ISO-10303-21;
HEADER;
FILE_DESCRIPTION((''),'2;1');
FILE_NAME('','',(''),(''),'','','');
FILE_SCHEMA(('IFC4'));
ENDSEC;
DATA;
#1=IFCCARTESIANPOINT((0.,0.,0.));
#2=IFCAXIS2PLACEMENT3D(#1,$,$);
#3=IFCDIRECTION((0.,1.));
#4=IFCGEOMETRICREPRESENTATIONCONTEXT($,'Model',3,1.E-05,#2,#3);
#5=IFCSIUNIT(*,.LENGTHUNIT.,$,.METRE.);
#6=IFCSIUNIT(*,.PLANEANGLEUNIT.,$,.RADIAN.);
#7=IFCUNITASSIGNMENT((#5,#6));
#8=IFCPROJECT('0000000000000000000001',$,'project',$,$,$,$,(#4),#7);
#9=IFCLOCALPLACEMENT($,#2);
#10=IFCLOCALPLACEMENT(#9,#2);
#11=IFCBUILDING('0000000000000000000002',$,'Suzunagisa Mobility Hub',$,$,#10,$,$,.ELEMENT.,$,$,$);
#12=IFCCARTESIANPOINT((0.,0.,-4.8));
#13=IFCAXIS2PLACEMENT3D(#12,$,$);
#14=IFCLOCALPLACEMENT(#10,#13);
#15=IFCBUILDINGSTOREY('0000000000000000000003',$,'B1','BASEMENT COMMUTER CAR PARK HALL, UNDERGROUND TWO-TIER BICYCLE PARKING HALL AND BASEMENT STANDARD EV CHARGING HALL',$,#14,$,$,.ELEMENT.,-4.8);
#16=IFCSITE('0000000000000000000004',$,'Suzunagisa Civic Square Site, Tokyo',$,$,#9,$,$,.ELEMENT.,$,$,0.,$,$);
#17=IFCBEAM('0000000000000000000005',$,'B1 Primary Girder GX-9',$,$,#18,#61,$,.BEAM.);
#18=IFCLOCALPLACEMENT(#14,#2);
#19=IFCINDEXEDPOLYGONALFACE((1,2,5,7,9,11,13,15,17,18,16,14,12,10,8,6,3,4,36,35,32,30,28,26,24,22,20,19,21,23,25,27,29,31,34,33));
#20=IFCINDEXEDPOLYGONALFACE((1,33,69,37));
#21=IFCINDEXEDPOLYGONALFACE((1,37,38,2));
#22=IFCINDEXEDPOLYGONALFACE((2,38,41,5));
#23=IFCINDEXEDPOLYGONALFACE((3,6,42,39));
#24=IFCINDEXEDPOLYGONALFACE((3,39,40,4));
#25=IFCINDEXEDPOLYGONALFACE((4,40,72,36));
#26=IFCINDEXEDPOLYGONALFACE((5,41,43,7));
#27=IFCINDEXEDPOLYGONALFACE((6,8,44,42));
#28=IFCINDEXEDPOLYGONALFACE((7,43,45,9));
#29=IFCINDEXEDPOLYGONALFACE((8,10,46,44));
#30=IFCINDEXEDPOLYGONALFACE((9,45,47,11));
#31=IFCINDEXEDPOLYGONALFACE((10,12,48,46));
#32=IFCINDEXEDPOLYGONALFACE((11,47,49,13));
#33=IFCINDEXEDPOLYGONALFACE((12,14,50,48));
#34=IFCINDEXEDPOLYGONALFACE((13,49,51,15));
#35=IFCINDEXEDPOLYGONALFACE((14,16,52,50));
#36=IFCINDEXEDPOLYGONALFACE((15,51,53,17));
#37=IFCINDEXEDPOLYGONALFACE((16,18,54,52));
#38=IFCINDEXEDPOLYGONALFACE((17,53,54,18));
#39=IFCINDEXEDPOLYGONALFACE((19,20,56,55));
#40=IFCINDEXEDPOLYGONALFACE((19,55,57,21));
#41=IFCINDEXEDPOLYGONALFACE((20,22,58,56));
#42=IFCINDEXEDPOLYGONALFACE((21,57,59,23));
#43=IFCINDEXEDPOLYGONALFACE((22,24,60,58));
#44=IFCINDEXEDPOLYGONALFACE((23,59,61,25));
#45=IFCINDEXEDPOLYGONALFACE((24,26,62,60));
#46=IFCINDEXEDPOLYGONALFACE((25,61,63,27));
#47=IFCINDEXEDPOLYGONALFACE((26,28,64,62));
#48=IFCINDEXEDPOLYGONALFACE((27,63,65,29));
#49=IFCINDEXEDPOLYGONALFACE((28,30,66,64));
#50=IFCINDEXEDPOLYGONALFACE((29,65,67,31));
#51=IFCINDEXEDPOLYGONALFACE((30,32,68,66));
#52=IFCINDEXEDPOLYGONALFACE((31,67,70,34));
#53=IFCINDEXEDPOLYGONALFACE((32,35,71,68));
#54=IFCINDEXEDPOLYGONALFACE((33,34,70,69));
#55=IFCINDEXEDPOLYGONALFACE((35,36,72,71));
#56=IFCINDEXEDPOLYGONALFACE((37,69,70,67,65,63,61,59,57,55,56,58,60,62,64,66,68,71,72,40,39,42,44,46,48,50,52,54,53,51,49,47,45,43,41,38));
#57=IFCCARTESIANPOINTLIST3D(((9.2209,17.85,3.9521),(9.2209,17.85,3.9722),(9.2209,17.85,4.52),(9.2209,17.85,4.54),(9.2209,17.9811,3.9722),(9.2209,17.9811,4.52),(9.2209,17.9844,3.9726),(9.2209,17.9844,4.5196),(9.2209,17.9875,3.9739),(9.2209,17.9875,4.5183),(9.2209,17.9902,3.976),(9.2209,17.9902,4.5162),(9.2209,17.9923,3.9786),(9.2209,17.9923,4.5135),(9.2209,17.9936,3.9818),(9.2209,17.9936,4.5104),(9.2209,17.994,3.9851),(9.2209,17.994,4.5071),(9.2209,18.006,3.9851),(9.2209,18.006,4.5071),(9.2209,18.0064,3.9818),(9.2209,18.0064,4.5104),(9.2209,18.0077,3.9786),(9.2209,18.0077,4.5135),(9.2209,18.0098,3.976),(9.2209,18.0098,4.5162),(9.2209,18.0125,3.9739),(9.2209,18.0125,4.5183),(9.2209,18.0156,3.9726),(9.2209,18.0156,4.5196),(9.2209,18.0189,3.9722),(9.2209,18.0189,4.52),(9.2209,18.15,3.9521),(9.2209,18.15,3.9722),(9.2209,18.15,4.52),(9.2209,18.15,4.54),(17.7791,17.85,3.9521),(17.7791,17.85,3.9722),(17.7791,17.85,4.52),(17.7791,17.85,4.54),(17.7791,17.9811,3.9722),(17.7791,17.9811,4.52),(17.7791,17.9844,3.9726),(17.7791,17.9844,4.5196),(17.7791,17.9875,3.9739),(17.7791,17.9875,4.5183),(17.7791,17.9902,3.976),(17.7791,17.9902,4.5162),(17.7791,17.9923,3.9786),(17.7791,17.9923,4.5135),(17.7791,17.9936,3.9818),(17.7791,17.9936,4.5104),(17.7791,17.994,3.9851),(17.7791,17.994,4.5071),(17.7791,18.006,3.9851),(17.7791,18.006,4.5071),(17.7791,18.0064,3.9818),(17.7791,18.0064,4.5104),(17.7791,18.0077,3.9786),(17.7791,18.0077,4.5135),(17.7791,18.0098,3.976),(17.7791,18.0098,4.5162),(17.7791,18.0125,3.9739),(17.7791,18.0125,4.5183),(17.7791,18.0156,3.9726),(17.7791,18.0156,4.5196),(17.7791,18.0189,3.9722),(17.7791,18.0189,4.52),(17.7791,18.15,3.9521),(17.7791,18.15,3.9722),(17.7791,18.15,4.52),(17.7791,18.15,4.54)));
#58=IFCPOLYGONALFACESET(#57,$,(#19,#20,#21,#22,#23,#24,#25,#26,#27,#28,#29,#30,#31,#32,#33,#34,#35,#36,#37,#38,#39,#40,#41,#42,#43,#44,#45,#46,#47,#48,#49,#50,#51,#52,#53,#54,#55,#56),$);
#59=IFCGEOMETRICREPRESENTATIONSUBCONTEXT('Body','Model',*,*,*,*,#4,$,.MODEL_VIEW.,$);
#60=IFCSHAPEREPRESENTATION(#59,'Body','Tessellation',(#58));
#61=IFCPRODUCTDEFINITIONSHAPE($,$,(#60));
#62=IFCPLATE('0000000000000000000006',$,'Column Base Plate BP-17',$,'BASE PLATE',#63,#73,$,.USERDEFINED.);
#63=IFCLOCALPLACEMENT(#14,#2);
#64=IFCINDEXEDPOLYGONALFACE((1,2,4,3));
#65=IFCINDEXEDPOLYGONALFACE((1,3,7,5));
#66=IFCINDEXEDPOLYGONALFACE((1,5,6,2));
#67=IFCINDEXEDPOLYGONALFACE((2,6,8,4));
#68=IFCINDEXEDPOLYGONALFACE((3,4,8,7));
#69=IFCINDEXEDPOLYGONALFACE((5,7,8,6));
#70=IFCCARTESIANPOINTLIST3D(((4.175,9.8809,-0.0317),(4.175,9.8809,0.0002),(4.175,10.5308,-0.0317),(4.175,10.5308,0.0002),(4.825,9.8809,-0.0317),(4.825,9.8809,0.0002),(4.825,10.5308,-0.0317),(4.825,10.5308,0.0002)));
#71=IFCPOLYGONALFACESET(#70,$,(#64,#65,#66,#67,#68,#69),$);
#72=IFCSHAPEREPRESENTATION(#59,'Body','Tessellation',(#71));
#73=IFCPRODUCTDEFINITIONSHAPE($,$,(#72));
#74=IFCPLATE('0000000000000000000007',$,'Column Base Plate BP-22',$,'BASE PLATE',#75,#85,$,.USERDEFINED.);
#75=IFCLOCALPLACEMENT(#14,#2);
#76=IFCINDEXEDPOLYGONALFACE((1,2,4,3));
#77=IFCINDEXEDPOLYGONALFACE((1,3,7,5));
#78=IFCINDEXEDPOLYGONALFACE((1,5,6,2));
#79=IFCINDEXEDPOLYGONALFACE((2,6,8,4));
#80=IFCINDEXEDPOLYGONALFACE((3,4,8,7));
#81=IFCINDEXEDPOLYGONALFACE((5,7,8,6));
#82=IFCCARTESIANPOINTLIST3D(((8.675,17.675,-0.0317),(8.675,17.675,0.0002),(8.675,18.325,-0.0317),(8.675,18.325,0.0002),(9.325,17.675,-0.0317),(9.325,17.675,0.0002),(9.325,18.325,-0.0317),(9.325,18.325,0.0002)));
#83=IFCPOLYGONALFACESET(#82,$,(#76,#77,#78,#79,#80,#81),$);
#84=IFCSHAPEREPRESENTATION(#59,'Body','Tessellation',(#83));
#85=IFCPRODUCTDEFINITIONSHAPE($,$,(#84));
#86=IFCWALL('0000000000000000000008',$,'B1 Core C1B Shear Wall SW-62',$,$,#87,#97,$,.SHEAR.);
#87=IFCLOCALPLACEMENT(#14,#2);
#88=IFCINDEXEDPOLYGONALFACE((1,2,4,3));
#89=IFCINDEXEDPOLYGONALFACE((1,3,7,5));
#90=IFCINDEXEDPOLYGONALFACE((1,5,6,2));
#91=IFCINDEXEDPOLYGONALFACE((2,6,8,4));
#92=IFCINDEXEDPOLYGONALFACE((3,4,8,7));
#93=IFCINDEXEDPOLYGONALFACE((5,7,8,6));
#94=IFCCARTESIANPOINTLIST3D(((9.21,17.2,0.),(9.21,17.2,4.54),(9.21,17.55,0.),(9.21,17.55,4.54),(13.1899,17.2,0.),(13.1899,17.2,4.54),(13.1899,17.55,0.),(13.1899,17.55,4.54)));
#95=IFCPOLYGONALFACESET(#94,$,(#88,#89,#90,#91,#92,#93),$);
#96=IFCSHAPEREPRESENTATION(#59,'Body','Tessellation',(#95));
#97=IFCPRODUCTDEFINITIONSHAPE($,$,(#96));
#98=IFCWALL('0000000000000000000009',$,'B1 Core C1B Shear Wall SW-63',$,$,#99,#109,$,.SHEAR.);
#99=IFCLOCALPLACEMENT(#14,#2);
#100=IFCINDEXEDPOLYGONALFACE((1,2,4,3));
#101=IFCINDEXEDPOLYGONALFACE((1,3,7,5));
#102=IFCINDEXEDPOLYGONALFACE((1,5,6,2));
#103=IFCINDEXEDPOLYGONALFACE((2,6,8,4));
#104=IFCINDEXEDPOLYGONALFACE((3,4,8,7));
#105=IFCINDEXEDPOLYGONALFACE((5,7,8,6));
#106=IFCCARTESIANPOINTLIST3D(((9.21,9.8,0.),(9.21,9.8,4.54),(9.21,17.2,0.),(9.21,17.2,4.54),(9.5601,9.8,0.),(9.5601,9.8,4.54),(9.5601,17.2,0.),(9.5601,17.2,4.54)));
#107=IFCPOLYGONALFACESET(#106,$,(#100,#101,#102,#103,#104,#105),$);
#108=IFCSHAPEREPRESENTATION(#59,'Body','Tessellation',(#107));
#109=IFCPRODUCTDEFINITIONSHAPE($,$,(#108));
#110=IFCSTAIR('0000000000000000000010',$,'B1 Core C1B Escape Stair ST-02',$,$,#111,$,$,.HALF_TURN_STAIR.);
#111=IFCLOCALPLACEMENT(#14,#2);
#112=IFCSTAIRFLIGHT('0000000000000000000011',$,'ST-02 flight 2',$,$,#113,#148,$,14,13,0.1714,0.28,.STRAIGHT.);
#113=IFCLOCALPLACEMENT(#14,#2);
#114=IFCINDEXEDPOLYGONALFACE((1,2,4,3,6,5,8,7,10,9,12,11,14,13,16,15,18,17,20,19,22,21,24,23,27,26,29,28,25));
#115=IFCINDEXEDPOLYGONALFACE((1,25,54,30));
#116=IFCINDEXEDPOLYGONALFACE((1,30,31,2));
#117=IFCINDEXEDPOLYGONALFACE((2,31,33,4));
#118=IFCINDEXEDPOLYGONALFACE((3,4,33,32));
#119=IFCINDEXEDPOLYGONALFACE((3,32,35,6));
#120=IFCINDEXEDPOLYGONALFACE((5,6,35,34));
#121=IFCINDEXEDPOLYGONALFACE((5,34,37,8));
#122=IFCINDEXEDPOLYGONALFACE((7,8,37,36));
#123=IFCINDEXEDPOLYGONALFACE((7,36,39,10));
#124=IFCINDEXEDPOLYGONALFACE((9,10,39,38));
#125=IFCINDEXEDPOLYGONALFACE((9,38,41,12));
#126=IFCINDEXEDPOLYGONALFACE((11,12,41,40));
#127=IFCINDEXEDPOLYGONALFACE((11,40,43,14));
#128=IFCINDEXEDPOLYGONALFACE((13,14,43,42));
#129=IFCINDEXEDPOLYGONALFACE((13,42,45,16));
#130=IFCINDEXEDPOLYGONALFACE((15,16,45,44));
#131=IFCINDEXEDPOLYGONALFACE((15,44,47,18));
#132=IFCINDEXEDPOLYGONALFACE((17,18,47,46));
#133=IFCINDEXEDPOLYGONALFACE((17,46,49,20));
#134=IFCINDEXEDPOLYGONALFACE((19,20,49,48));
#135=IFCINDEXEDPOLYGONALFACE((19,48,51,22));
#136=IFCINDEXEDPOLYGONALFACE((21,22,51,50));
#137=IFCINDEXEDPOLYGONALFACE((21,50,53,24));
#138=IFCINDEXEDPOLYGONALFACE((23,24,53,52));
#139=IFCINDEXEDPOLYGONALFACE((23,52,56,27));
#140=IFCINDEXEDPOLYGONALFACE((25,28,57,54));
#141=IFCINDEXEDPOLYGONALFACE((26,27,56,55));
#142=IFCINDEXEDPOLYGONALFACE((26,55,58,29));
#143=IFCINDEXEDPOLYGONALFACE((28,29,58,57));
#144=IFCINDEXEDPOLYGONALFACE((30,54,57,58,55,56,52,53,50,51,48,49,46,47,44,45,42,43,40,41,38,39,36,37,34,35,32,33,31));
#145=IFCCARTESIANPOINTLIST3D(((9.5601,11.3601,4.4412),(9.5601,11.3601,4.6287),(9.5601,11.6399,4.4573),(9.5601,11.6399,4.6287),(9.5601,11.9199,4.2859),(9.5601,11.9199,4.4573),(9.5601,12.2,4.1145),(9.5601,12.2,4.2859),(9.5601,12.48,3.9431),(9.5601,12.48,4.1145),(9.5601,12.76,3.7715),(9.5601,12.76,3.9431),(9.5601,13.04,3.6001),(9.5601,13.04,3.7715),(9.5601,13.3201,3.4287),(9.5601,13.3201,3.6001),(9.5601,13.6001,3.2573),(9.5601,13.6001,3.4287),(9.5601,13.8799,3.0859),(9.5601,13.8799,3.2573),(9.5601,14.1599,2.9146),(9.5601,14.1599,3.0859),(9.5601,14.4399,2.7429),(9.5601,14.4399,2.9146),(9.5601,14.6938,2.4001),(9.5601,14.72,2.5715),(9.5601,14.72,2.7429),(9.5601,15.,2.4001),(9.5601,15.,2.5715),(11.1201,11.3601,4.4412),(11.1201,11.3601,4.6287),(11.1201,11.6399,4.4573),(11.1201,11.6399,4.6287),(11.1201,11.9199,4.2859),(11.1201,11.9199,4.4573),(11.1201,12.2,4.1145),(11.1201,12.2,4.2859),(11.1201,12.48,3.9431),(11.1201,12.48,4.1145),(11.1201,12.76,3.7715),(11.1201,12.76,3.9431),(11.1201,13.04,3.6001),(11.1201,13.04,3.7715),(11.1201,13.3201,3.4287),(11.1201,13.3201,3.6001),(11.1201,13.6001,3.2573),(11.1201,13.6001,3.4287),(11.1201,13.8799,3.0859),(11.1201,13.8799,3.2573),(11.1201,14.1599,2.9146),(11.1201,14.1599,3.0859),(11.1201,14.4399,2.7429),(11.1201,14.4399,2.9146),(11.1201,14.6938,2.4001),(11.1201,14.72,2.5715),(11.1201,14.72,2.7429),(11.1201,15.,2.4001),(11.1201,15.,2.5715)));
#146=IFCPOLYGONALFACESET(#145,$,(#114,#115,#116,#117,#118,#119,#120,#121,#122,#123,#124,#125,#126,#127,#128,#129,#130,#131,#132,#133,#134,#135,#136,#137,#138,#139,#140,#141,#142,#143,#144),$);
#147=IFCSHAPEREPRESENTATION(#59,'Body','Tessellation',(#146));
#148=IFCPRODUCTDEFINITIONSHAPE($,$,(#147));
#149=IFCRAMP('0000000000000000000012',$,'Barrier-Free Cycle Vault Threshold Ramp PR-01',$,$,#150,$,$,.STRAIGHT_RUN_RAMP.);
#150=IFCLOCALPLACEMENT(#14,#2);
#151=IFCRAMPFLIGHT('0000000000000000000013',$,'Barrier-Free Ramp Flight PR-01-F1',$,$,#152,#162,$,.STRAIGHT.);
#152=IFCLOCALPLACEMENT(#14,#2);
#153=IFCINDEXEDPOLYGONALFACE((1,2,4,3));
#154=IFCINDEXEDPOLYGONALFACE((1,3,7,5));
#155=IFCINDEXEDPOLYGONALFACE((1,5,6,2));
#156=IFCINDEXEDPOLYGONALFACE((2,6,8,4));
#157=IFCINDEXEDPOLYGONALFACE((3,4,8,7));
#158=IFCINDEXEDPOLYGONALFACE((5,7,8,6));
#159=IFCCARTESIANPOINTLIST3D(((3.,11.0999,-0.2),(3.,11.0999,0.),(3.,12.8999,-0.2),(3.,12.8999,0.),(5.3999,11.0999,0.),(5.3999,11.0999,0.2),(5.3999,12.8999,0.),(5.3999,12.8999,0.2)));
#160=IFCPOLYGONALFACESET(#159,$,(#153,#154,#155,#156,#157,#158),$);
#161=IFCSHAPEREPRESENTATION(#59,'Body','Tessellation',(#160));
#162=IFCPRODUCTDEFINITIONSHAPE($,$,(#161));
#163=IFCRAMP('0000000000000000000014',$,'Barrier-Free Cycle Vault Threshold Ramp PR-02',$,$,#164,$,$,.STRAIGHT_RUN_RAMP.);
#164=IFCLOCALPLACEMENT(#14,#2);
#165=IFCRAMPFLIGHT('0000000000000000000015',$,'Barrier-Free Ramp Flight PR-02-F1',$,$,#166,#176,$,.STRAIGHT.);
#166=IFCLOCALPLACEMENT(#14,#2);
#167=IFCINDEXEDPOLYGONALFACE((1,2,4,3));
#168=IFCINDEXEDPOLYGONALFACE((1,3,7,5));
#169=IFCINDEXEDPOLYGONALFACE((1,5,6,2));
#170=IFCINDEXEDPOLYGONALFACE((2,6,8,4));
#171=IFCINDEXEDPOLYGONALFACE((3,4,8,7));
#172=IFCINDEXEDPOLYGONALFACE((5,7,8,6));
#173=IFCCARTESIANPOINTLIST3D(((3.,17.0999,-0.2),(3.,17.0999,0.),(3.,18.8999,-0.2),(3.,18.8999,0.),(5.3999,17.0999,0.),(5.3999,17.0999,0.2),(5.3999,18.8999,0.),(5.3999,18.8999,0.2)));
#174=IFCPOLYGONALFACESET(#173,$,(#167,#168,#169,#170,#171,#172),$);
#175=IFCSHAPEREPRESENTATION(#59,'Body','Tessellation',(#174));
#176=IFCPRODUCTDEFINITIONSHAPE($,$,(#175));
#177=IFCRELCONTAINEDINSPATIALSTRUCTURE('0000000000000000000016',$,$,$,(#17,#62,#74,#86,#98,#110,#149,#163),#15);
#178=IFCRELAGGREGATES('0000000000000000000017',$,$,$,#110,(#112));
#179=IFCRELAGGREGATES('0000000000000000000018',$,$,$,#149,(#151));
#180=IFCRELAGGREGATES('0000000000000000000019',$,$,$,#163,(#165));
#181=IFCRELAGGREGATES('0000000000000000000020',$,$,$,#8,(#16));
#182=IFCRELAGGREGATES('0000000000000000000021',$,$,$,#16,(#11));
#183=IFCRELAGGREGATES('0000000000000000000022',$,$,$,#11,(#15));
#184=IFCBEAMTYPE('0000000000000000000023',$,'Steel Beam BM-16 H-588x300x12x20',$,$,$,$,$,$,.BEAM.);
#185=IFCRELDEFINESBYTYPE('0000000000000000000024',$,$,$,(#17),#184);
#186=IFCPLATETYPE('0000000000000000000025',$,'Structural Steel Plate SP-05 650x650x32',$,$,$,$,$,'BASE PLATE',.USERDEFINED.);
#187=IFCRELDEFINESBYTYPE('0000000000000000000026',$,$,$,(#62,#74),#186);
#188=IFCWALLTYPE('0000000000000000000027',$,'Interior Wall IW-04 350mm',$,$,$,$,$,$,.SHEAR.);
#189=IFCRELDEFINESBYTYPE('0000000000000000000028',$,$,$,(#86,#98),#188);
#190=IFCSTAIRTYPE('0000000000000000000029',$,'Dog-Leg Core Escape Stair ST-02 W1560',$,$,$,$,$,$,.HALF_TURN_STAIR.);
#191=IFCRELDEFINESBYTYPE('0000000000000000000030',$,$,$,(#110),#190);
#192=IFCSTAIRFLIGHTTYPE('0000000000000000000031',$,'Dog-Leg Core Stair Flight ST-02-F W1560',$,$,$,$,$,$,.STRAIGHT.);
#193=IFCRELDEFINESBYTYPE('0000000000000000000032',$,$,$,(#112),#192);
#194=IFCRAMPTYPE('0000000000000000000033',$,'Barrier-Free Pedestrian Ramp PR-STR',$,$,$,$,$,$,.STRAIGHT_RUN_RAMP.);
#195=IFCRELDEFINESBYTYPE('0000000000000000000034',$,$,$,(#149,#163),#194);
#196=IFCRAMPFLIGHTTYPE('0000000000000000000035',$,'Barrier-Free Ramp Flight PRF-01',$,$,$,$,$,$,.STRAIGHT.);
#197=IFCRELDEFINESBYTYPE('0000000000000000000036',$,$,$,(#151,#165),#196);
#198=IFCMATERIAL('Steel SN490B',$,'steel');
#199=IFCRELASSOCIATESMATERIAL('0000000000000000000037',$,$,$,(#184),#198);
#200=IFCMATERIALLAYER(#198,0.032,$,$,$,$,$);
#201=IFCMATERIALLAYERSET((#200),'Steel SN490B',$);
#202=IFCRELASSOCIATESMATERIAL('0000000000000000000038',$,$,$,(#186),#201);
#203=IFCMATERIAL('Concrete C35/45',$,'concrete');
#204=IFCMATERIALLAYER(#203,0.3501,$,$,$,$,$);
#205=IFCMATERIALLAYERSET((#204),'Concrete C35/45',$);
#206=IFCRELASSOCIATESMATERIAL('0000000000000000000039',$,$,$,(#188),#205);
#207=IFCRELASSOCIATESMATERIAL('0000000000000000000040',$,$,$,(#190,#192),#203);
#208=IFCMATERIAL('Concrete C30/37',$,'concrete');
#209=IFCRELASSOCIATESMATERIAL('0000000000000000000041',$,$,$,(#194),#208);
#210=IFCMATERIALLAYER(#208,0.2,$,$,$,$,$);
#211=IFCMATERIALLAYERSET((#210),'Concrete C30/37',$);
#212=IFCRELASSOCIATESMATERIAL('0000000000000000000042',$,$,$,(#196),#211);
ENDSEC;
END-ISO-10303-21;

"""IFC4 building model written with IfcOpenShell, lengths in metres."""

from ifc_helpers import new_model, si_unit, direction, frame, frame_2d, origin, origin_2d, place, context, subcontext, project, spatial, polyline, rectangle, i_section, outline, extrude, material, layer, layer_set, material_profile, profile_set, type_object, element, aggregate, save


model = new_model("IFC4")

# Units and contexts
model_context = context("Model", 3, precision=1e-05, world=origin(), true_north=direction((0.0, 1.0)))
body_context = subcontext(model_context, "Body", "Model", "MODEL_VIEW")
ifc_project = project(units=[si_unit("LENGTHUNIT", "METRE"), si_unit("PLANEANGLEUNIT", "RADIAN")], contexts=[model_context])

# Site, building, storey
site_placement = place(None, origin())
site = spatial("IfcSite", under=ifc_project, at=site_placement, Name="Suzunagisa Civic Square Site, Tokyo", CompositionType="ELEMENT", RefElevation=0.0)
building_placement = place(site_placement, origin())
building = spatial("IfcBuilding", under=site, at=building_placement, Name="Suzunagisa Mobility Hub", CompositionType="ELEMENT")
storey_placement = place(building_placement, frame((0.0, 0.0, -4.8)))
storey = spatial("IfcBuildingStorey", under=building, at=storey_placement, Name="B1", Description="BASEMENT COMMUTER CAR PARK HALL, UNDERGROUND TWO-TIER BICYCLE PARKING HALL AND BASEMENT STANDARD EV CHARGING HALL", CompositionType="ELEMENT", Elevation=-4.8)

# Shared definitions
ifc_material_1 = material(Name="Concrete C30/37", Category="concrete")

# Shared definitions
ifc_material_2 = material(Name="Steel SN490B", Category="steel")

# Beam
ifc_material_profile_1 = material_profile(ifc_material_2, i_section(OverallWidth=0.3, OverallDepth=0.5879, WebThickness=0.012, FlangeThickness=0.02, FilletRadius=0.0129, at=origin_2d()), Name="H-588x300x12x20")
ifc_profile_set_1 = profile_set([ifc_material_profile_1], Name="Steel SN490B")
beam_type_1 = type_object("IfcBeamType", Name="Steel Beam BM-16 H-588x300x12x20", PredefinedType="BEAM", material=ifc_profile_set_1)
beam_1_placement = place(storey_placement, frame((9.2209, 18.0, 4.2461), z_axis=(1.0, 0.0, 0.0), x_axis=(0.0, 1.0, 0.0)))
element("IfcBeam", 1, at=beam_1_placement, inside=storey, type_object=beam_type_1, Name="B1 Primary Girder GX-9", PredefinedType="BEAM", context=body_context, shape_type="SweptSolid", body=[
    extrude(i_section(OverallWidth=0.3, OverallDepth=0.5879, WebThickness=0.012, FlangeThickness=0.02, FilletRadius=0.0129, at=origin_2d()), origin(), (0.0, 0.0, 1.0), 8.5581),
])

# Plates
ifc_layer_1 = layer(ifc_material_2, 0.032)
ifc_layer_set_1 = layer_set([ifc_layer_1], Name="Steel SN490B")
plate_type = type_object("IfcPlateType", Name="Structural Steel Plate SP-05 650x650x32", ElementType="BASE PLATE", PredefinedType="USERDEFINED", material=ifc_layer_set_1)
for number, where, z_axis, x_axis, name in (
    (2, (4.5, 10.2058, -0.0317), (0.0, 0.0, 1.0), (1.0, 0.0, 0.0), "Column Base Plate BP-17"),
    (3, (9.0, 18.0, -0.0317), (0.0, 0.0, 1.0), (1.0, 0.0, 0.0), "Column Base Plate BP-22"),
):
    element("IfcPlate", number, at=place(storey_placement, frame(where, z_axis=z_axis, x_axis=x_axis)), inside=storey, type_object=plate_type, Name=name, ObjectType="BASE PLATE", PredefinedType="USERDEFINED", context=body_context, shape_type="SweptSolid", body=[
        extrude(rectangle(XDim=0.6499, YDim=0.6499, at=origin_2d()), origin(), (0.0, 0.0, 1.0), 0.032),
    ])

# Walls
ifc_material_3 = material(Name="Concrete C35/45", Category="concrete")
ifc_layer_2 = layer(ifc_material_3, 0.3501)
ifc_layer_set_2 = layer_set([ifc_layer_2], Name="Concrete C35/45")
wall_type = type_object("IfcWallType", Name="Interior Wall IW-04 350mm", PredefinedType="SHEAR", material=ifc_layer_set_2)
wall_1_placement = place(storey_placement, frame((9.21, 17.375, 0.0), z_axis=(0.0, 0.0, 1.0), x_axis=(1.0, 0.0, 0.0)))
element("IfcWall", 4, at=wall_1_placement, inside=storey, type_object=wall_type, Name="B1 Core C1B Shear Wall SW-62", PredefinedType="SHEAR", context=body_context, shape_type="SweptSolid", body=[
    extrude(rectangle(XDim=3.98, YDim=0.3501, at=frame_2d((1.99, 0.0))), origin(), (0.0, 0.0, 1.0), 4.54),
])
wall_2_placement = place(storey_placement, frame((9.385, 9.8, 0.0), z_axis=(0.0, 0.0, 1.0), x_axis=(0.0, 1.0, 0.0)))
element("IfcWall", 5, at=wall_2_placement, inside=storey, type_object=wall_type, Name="B1 Core C1B Shear Wall SW-63", PredefinedType="SHEAR", context=body_context, shape_type="SweptSolid", body=[
    extrude(rectangle(XDim=7.3999, YDim=0.3501, at=frame_2d((3.7, 0.0))), origin(), (0.0, 0.0, 1.0), 4.54),
])

# Stair, stair flight
stair_type = type_object("IfcStairType", Name="Dog-Leg Core Escape Stair ST-02 W1560", PredefinedType="HALF_TURN_STAIR", material=ifc_material_3)
stair_placement = place(storey_placement, origin())
stair = element("IfcStair", 6, at=stair_placement, inside=storey, type_object=stair_type, Name="B1 Core C1B Escape Stair ST-02", PredefinedType="HALF_TURN_STAIR")
stair_flight_type = type_object("IfcStairFlightType", Name="Dog-Leg Core Stair Flight ST-02-F W1560", PredefinedType="STRAIGHT", material=ifc_material_3)
stair_flight_placement = place(storey_placement, frame((10.3401, 15.0, 2.4001), z_axis=(0.0, 0.0, 1.0), x_axis=(0.0, -1.0, 0.0)))
stair_flight = element("IfcStairFlight", 7, at=stair_flight_placement, type_object=stair_flight_type, Name="ST-02 flight 2", NumberOfRisers=14, NumberOfTreads=13, PredefinedType="STRAIGHT", RiserHeight=0.1714, TreadLength=0.28, context=body_context, shape_type="SweptSolid", body=[
    extrude(outline(polyline([(0.0, 0.0), (0.0, 0.1714), (0.28, 0.1714), (0.28, 0.3428), (0.5601, 0.3428), (0.5601, 0.5144), (0.8401, 0.5144), (0.8401, 0.6858), (1.1201, 0.6858), (1.1201, 0.8572), (1.3999, 0.8572), (1.3999, 1.0286), (1.6799, 1.0286), (1.6799, 1.2), (1.96, 1.2), (1.96, 1.3713), (2.24, 1.3713), (2.24, 1.543), (2.52, 1.543), (2.52, 1.7144), (2.8, 1.7144), (2.8, 1.8857), (3.0801, 1.8857), (3.0801, 2.0571), (3.3601, 2.0571), (3.3601, 2.2285), (3.6399, 2.2285), (3.6399, 2.3999), (3.6399, 2.041), (0.3062, 0.0), (0.0, 0.0)])), frame((0.0, 0.78, 0.0), z_axis=(0.0, -1.0, 0.0), x_axis=(1.0, 0.0, 0.0)), (0.0, 0.0, 1.0), 1.5601),
])
aggregate(stair, [stair_flight])

# Ramps, ramp flights
ramp_type = type_object("IfcRampType", Name="Barrier-Free Pedestrian Ramp PR-STR", PredefinedType="STRAIGHT_RUN_RAMP", material=ifc_material_1)
ramp_1_placement = place(storey_placement, origin())
ramp_1 = element("IfcRamp", 8, at=ramp_1_placement, inside=storey, type_object=ramp_type, Name="Barrier-Free Cycle Vault Threshold Ramp PR-01", PredefinedType="STRAIGHT_RUN_RAMP")
ifc_layer_3 = layer(ifc_material_1, 0.2)
ifc_layer_set_3 = layer_set([ifc_layer_3], Name="Concrete C30/37")
ramp_flight_type = type_object("IfcRampFlightType", Name="Barrier-Free Ramp Flight PRF-01", PredefinedType="STRAIGHT", material=ifc_layer_set_3)
ramp_flight_1_placement = place(storey_placement, frame((3.0, 12.0, 0.0), z_axis=(0.0, 0.0, 1.0), x_axis=(1.0, 0.0, 0.0)))
ramp_flight_1 = element("IfcRampFlight", 9, at=ramp_flight_1_placement, type_object=ramp_flight_type, Name="Barrier-Free Ramp Flight PR-01-F1", PredefinedType="STRAIGHT", context=body_context, shape_type="SweptSolid", body=[
    extrude(outline(polyline([(0.0, 0.0), (2.3999, 0.2), (2.3999, 0.0), (0.0, -0.2), (0.0, 0.0)])), frame((0.0, 0.8999, 0.0), z_axis=(0.0, -1.0, 0.0), x_axis=(1.0, 0.0, 0.0)), (0.0, 0.0, 1.0), 1.8),
])
aggregate(ramp_1, [ramp_flight_1])
ramp_2_placement = place(storey_placement, origin())
ramp_2 = element("IfcRamp", 10, at=ramp_2_placement, inside=storey, type_object=ramp_type, Name="Barrier-Free Cycle Vault Threshold Ramp PR-02", PredefinedType="STRAIGHT_RUN_RAMP")
ramp_flight_2_placement = place(storey_placement, frame((3.0, 18.0, 0.0), z_axis=(0.0, 0.0, 1.0), x_axis=(1.0, 0.0, 0.0)))
ramp_flight_2 = element("IfcRampFlight", 11, at=ramp_flight_2_placement, type_object=ramp_flight_type, Name="Barrier-Free Ramp Flight PR-02-F1", PredefinedType="STRAIGHT", context=body_context, shape_type="SweptSolid", body=[
    extrude(outline(polyline([(0.0, 0.0), (2.3999, 0.2), (2.3999, 0.0), (0.0, -0.2), (0.0, 0.0)])), frame((0.0, 0.8999, 0.0), z_axis=(0.0, -1.0, 0.0), x_axis=(1.0, 0.0, 0.0)), (0.0, 0.0, 1.0), 1.8),
])
aggregate(ramp_2, [ramp_flight_2])

save(model, "model.ifc")
